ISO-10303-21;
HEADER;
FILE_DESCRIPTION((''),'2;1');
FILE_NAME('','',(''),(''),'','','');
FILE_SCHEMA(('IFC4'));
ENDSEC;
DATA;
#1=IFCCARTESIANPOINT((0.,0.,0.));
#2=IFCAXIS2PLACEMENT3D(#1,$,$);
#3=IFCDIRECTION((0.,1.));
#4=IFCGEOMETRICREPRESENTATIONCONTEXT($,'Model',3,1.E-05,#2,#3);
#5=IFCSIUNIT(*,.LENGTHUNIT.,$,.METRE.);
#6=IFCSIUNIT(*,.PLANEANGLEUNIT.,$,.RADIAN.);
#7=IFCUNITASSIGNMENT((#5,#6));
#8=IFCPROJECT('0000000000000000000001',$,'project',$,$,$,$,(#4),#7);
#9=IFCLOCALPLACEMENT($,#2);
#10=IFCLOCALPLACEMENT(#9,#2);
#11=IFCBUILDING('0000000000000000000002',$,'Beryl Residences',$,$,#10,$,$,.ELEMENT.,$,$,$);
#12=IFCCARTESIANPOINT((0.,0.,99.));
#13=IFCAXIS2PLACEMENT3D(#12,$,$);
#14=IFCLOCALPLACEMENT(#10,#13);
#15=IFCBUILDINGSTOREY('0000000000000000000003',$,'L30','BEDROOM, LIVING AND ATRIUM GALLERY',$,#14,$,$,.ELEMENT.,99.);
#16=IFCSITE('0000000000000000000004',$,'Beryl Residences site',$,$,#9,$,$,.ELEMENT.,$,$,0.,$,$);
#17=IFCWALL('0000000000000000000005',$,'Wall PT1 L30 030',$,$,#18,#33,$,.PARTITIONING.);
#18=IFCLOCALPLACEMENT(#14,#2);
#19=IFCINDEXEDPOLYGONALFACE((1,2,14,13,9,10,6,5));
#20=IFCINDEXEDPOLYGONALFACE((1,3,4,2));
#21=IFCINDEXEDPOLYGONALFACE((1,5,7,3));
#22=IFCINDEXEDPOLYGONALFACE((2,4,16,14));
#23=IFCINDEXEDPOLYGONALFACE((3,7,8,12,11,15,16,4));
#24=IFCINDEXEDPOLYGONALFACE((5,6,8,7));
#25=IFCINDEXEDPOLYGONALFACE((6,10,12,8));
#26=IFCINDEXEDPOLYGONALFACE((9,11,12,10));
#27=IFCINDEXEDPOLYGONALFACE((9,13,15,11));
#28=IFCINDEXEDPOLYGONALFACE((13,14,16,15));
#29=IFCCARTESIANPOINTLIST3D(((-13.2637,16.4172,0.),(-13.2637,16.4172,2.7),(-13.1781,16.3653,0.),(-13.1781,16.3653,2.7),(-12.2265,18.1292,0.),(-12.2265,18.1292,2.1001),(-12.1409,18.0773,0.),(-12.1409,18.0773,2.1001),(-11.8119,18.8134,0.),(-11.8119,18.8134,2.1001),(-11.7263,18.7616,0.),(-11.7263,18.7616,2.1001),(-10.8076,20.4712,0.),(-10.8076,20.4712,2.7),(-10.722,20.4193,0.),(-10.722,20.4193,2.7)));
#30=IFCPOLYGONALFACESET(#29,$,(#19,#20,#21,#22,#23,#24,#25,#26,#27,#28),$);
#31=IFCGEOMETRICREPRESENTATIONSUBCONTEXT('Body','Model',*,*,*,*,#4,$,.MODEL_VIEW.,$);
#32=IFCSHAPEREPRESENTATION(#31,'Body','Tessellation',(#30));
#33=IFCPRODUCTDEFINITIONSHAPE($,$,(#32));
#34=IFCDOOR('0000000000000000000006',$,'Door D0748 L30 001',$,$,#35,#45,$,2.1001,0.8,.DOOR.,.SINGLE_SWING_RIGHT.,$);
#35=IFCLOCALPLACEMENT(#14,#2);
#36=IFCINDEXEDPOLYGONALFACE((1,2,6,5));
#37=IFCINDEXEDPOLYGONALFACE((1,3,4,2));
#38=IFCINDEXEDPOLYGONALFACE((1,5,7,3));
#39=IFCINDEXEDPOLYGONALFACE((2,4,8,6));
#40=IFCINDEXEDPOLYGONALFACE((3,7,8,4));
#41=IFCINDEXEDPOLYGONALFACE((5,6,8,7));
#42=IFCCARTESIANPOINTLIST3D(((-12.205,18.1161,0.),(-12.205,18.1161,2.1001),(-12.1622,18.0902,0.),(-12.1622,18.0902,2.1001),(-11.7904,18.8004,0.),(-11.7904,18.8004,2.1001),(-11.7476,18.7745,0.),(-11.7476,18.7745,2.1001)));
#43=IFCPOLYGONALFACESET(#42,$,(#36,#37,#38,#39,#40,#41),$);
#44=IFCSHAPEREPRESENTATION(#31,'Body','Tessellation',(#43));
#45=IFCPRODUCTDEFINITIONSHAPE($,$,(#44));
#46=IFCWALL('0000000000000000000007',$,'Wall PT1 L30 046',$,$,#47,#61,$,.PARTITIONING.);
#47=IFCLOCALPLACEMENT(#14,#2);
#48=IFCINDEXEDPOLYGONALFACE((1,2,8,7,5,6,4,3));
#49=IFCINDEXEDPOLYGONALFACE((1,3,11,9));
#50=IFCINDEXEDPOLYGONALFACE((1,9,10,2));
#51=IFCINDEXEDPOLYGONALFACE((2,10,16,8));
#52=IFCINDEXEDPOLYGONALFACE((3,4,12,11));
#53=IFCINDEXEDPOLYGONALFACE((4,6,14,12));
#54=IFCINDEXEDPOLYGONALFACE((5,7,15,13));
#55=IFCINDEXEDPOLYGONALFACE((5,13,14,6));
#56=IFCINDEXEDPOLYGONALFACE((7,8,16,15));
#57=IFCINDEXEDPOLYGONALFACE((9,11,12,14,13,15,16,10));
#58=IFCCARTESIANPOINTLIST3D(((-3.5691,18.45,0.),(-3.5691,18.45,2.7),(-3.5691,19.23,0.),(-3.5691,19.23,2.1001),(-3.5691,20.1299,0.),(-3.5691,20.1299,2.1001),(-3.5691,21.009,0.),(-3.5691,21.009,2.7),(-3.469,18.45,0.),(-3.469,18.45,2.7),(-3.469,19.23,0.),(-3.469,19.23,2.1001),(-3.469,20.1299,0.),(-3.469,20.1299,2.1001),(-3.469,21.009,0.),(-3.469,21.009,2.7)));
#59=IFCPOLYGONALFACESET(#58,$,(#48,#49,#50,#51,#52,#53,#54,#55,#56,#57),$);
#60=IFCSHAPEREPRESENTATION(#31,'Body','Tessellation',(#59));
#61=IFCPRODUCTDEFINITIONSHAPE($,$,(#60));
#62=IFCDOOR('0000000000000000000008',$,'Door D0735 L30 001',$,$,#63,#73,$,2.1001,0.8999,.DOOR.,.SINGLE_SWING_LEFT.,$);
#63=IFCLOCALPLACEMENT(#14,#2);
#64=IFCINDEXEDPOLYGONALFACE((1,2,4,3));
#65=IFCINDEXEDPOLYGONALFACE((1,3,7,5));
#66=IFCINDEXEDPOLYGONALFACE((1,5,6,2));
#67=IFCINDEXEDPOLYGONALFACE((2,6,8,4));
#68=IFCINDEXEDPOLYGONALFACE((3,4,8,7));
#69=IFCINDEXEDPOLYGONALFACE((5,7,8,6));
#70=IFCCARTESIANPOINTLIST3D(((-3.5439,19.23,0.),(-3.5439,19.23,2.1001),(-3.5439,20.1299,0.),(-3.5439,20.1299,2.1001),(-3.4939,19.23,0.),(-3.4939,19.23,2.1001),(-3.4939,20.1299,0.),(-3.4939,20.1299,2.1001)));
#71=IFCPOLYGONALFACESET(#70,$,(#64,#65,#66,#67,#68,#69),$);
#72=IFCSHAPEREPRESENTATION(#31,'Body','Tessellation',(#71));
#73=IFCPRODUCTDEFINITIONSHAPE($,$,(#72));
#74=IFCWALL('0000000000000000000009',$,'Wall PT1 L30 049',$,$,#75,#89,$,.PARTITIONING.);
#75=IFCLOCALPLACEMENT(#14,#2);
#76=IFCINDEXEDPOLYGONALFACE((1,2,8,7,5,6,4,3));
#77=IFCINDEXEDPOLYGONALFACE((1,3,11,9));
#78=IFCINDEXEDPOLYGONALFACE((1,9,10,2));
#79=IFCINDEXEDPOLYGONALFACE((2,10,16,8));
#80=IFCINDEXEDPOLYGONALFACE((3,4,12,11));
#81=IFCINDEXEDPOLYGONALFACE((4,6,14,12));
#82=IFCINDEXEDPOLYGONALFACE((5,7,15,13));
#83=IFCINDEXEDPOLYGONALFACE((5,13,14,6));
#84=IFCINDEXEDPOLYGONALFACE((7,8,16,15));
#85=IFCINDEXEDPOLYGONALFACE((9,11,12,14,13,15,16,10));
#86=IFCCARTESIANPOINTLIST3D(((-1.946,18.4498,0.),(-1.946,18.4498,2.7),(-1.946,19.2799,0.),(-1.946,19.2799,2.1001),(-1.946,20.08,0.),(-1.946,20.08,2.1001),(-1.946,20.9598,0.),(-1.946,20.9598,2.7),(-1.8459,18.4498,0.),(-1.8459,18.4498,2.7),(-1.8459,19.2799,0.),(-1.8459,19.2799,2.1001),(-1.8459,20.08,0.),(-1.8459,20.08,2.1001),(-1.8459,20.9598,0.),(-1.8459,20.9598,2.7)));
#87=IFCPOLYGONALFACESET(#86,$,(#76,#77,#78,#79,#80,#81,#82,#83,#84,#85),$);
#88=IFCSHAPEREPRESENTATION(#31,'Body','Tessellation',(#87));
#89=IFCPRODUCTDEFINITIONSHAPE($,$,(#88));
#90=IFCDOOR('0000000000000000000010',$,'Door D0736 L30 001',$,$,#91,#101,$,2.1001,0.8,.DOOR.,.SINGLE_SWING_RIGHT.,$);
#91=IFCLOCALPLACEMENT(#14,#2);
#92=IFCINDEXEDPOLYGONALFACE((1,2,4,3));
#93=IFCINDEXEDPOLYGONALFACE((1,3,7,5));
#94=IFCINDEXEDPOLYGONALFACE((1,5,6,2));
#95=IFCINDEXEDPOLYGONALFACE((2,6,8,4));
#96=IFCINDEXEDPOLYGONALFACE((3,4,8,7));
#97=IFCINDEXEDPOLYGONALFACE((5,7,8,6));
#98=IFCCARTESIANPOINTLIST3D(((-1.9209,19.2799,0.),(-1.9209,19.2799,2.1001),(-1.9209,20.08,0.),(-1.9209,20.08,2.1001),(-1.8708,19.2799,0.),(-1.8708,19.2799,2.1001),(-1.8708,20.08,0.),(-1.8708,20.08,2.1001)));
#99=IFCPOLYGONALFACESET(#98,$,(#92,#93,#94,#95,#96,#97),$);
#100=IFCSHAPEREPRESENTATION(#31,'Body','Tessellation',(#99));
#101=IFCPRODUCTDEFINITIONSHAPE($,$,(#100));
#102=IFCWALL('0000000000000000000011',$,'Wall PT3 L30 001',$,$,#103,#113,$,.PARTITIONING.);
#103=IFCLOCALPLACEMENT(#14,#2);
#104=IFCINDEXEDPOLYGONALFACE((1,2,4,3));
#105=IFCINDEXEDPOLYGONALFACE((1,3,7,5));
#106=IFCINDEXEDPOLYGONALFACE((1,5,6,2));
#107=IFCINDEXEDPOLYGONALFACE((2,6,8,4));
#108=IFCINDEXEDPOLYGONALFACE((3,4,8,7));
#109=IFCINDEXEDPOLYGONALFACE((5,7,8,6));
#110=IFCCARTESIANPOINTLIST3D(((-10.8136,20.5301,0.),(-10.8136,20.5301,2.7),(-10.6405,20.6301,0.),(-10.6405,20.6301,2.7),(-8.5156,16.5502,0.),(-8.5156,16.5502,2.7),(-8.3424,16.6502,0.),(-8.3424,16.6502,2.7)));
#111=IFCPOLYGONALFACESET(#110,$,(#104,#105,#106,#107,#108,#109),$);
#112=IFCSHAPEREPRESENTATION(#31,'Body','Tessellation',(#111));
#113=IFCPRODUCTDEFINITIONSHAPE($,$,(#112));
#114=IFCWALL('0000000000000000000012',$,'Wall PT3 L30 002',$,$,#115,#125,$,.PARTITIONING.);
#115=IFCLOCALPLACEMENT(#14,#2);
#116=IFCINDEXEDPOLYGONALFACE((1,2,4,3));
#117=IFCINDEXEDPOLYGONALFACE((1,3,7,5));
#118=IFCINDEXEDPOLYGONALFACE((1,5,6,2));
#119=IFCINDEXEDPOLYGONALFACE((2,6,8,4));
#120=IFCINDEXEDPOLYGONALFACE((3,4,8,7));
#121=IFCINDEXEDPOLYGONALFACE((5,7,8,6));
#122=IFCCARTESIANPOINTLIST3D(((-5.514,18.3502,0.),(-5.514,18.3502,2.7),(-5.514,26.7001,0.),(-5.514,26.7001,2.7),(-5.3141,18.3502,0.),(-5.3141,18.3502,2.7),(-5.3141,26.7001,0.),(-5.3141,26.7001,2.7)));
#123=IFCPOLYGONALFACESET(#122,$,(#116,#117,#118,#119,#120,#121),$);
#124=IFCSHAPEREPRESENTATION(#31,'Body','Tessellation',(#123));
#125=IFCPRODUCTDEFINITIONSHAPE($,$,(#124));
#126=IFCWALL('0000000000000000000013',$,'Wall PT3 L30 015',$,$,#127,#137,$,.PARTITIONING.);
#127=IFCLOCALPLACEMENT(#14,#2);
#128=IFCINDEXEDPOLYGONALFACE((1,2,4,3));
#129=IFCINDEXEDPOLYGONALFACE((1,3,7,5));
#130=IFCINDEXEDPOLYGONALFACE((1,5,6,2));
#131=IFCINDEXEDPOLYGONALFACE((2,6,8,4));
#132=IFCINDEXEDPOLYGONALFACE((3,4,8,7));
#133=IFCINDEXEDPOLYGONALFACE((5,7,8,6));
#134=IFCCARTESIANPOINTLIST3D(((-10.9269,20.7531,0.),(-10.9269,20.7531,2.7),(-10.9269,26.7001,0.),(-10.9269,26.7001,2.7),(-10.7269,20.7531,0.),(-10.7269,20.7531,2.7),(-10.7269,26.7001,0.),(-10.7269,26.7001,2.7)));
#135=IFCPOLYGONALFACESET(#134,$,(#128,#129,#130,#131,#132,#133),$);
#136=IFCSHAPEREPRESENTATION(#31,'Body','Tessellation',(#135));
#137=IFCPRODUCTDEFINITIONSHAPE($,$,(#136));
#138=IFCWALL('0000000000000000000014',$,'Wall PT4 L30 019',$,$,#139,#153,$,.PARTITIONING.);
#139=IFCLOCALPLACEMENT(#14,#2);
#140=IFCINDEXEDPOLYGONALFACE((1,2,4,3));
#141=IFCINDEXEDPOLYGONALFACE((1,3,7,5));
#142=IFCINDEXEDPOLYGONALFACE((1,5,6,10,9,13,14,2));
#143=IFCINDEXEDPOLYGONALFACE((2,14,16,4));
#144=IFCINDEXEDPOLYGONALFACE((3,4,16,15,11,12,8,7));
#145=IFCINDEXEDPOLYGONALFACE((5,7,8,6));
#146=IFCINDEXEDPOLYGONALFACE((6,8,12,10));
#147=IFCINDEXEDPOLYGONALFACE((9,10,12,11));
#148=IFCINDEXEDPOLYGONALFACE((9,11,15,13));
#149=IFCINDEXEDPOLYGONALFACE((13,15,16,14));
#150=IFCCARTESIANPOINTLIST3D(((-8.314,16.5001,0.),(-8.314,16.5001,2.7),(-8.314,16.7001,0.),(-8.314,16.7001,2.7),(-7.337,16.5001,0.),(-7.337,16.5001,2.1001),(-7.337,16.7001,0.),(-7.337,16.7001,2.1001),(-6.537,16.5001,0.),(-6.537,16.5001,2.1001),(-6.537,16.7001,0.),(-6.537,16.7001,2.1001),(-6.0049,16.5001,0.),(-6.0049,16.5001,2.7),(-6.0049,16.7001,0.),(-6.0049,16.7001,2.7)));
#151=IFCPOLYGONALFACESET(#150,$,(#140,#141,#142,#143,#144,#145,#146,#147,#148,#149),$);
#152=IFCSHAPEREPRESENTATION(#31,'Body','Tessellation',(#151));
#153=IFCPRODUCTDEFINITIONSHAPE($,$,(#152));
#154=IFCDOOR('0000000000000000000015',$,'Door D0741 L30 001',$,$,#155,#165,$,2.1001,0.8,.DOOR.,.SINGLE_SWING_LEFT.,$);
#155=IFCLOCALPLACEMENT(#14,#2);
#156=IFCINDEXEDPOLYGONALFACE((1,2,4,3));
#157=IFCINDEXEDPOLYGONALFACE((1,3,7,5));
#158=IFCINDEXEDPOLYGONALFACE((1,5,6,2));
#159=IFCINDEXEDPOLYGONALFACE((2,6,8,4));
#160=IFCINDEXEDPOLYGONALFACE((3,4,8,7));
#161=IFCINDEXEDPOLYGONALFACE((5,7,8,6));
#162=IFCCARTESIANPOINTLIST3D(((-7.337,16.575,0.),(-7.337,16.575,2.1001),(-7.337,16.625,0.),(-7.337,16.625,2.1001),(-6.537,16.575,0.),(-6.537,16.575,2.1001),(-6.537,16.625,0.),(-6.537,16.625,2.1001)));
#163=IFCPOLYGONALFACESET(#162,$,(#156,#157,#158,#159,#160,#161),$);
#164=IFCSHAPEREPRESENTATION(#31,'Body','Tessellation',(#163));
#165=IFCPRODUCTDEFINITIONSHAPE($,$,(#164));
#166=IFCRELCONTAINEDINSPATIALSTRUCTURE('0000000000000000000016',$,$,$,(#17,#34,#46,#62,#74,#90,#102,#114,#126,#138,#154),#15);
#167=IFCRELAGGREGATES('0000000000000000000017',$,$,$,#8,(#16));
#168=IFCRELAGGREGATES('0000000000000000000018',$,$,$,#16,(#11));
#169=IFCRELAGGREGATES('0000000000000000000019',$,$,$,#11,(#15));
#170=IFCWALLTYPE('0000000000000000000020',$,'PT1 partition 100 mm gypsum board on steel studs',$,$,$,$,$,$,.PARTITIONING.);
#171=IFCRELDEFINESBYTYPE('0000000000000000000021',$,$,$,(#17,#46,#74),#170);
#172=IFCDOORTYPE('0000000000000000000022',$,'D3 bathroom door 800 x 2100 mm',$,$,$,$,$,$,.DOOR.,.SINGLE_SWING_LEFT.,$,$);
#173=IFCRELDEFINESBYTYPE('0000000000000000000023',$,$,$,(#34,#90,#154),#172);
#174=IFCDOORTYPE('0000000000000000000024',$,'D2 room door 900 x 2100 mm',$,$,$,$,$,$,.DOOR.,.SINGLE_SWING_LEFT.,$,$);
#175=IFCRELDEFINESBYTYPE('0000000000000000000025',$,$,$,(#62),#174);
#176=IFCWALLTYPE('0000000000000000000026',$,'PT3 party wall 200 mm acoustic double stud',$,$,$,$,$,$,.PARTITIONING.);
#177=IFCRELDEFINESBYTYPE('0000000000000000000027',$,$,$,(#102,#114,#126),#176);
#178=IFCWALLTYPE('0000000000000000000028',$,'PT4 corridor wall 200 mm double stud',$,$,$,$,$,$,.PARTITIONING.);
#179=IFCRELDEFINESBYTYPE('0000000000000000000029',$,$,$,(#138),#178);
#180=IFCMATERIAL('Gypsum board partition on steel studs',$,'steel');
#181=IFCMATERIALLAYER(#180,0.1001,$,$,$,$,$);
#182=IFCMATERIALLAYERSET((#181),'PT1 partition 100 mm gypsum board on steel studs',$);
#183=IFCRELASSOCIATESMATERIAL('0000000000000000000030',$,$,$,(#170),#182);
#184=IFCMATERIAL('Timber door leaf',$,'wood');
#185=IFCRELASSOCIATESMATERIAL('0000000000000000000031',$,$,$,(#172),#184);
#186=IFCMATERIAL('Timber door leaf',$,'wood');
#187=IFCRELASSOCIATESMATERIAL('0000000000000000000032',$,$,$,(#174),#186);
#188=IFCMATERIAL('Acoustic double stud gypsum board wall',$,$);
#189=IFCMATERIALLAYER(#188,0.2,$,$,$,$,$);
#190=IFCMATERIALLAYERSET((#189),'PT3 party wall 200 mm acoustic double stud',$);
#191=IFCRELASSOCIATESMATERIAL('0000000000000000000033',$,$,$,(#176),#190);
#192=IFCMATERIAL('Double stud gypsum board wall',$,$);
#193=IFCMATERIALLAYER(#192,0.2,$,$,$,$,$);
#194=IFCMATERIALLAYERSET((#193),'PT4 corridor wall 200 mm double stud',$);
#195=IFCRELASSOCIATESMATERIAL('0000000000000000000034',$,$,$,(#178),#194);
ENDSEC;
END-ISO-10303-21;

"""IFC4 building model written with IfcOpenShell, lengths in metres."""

from ifc_helpers import new_model, si_unit, direction, frame, frame_2d, origin, place, context, subcontext, project, spatial, rectangle, extrude, material, layer, layer_set, type_object, element, fill, save


model = new_model("IFC4")

# Units and contexts
model_context = context("Model", 3, precision=1e-05, world=origin(), true_north=direction((0.0, 1.0)))
body_context = subcontext(model_context, "Body", "Model", "MODEL_VIEW")
ifc_project = project(units=[si_unit("LENGTHUNIT", "METRE"), si_unit("PLANEANGLEUNIT", "RADIAN")], contexts=[model_context])

# Site, building, storey
site_placement = place(None, origin())
site = spatial("IfcSite", under=ifc_project, at=site_placement, Name="Beryl Residences site", CompositionType="ELEMENT", RefElevation=0.0)
building_placement = place(site_placement, origin())
building = spatial("IfcBuilding", under=site, at=building_placement, Name="Beryl Residences", CompositionType="ELEMENT")
storey_placement = place(building_placement, frame((0.0, 0.0, 99.0)))
storey = spatial("IfcBuildingStorey", under=building, at=storey_placement, Name="L30", Description="BEDROOM, LIVING AND ATRIUM GALLERY", CompositionType="ELEMENT", Elevation=99.0)

# Shared definitions
ifc_material_1 = material(Name="Gypsum board partition on steel studs", Category="steel")
ifc_layer_1 = layer(ifc_material_1, 0.1001)
ifc_layer_set_1 = layer_set([ifc_layer_1], Name="PT1 partition 100 mm gypsum board on steel studs")
wall_type_1 = type_object("IfcWallType", Name="PT1 partition 100 mm gypsum board on steel studs", PredefinedType="PARTITIONING", material=ifc_layer_set_1)

# Walls, openings, doors
wall_1_placement = place(storey_placement, frame((-13.2209, 16.3911, 0.0), z_axis=(0.0, 0.0, 1.0), x_axis=(0.518165, 0.855281, 0.0)))
wall_1 = element("IfcWall", 1, at=wall_1_placement, inside=storey, type_object=wall_type_1, Name="Wall PT1 L30 030", PredefinedType="PARTITIONING", context=body_context, shape_type="SweptSolid", body=[
    extrude(rectangle(XDim=4.74, YDim=0.1001, at=frame_2d((2.3701, 0.0))), origin(), (0.0, 0.0, 1.0), 2.7),
])
opening_1_placement = place(wall_1_placement, frame((2.002, 0.0, 0.0)))
opening_1 = element("IfcOpeningElement", 2, at=opening_1_placement, cuts=wall_1, PredefinedType="OPENING", context=body_context, shape_type="SweptSolid", body=[
    extrude(rectangle(XDim=0.8, YDim=2.1001, at=frame_2d((0.3999, 1.05))), frame((0.0, 0.0601, 0.0), z_axis=(0.0, -1.0, 0.0), x_axis=(1.0, 0.0, 0.0)), (0.0, 0.0, 1.0), 0.1201),
])
ifc_material_2 = material(Name="Timber door leaf", Category="wood")
door_type_1 = type_object("IfcDoorType", Name="D3 bathroom door 800 x 2100 mm", OperationType="SINGLE_SWING_LEFT", PredefinedType="DOOR", material=ifc_material_2)
door_1_placement = place(opening_1_placement, origin())
door_1 = element("IfcDoor", 3, at=door_1_placement, inside=storey, type_object=door_type_1, Name="Door D0748 L30 001", OperationType="SINGLE_SWING_RIGHT", OverallHeight=2.1001, OverallWidth=0.8, PredefinedType="DOOR", context=body_context, shape_type="SweptSolid", body=[
    extrude(rectangle(XDim=0.8, YDim=2.1001, at=frame_2d((0.3999, 1.05))), frame((0.0, 0.0249, 0.0), z_axis=(0.0, -1.0, 0.0), x_axis=(1.0, 0.0, 0.0)), (0.0, 0.0, 1.0), 0.05),
])
fill(opening_1, door_1)
wall_2_placement = place(storey_placement, frame((-3.519, 18.45, 0.0), z_axis=(0.0, 0.0, 1.0), x_axis=(0.0, 1.0, 0.0)))
wall_2 = element("IfcWall", 4, at=wall_2_placement, inside=storey, type_object=wall_type_1, Name="Wall PT1 L30 046", PredefinedType="PARTITIONING", context=body_context, shape_type="SweptSolid", body=[
    extrude(rectangle(XDim=2.5591, YDim=0.1001, at=frame_2d((1.2795, 0.0))), origin(), (0.0, 0.0, 1.0), 2.7),
])
opening_2_placement = place(wall_2_placement, frame((0.78, 0.0, 0.0)))
opening_2 = element("IfcOpeningElement", 5, at=opening_2_placement, cuts=wall_2, PredefinedType="OPENING", context=body_context, shape_type="SweptSolid", body=[
    extrude(rectangle(XDim=0.8999, YDim=2.1001, at=frame_2d((0.45, 1.05))), frame((0.0, 0.0601, 0.0), z_axis=(0.0, -1.0, 0.0), x_axis=(1.0, 0.0, 0.0)), (0.0, 0.0, 1.0), 0.1201),
])
ifc_material_3 = material(Name="Timber door leaf", Category="wood")
door_type_2 = type_object("IfcDoorType", Name="D2 room door 900 x 2100 mm", OperationType="SINGLE_SWING_LEFT", PredefinedType="DOOR", material=ifc_material_3)
door_2_placement = place(opening_2_placement, origin())
door_2 = element("IfcDoor", 6, at=door_2_placement, inside=storey, type_object=door_type_2, Name="Door D0735 L30 001", OperationType="SINGLE_SWING_LEFT", OverallHeight=2.1001, OverallWidth=0.8999, PredefinedType="DOOR", context=body_context, shape_type="SweptSolid", body=[
    extrude(rectangle(XDim=0.8999, YDim=2.1001, at=frame_2d((0.45, 1.05))), frame((0.0, 0.0249, 0.0), z_axis=(0.0, -1.0, 0.0), x_axis=(1.0, 0.0, 0.0)), (0.0, 0.0, 1.0), 0.05),
])
fill(opening_2, door_2)
wall_3_placement = place(storey_placement, frame((-1.896, 18.45, 0.0), z_axis=(0.0, 0.0, 1.0), x_axis=(0.0, 1.0, 0.0)))
wall_3 = element("IfcWall", 7, at=wall_3_placement, inside=storey, type_object=wall_type_1, Name="Wall PT1 L30 049", PredefinedType="PARTITIONING", context=body_context, shape_type="SweptSolid", body=[
    extrude(rectangle(XDim=2.51, YDim=0.1001, at=frame_2d((1.2549, 0.0))), origin(), (0.0, 0.0, 1.0), 2.7),
])
opening_3_placement = place(wall_3_placement, frame((0.8301, 0.0, 0.0)))
opening_3 = element("IfcOpeningElement", 8, at=opening_3_placement, cuts=wall_3, PredefinedType="OPENING", context=body_context, shape_type="SweptSolid", body=[
    extrude(rectangle(XDim=0.8, YDim=2.1001, at=frame_2d((0.3999, 1.05))), frame((0.0, 0.0601, 0.0), z_axis=(0.0, -1.0, 0.0), x_axis=(1.0, 0.0, 0.0)), (0.0, 0.0, 1.0), 0.1201),
])
door_3_placement = place(opening_3_placement, origin())
door_3 = element("IfcDoor", 9, at=door_3_placement, inside=storey, type_object=door_type_1, Name="Door D0736 L30 001", OperationType="SINGLE_SWING_RIGHT", OverallHeight=2.1001, OverallWidth=0.8, PredefinedType="DOOR", context=body_context, shape_type="SweptSolid", body=[
    extrude(rectangle(XDim=0.8, YDim=2.1001, at=frame_2d((0.3999, 1.05))), frame((0.0, 0.0249, 0.0), z_axis=(0.0, -1.0, 0.0), x_axis=(1.0, 0.0, 0.0)), (0.0, 0.0, 1.0), 0.05),
])
fill(opening_3, door_3)

# Walls
ifc_material_4 = material(Name="Acoustic double stud gypsum board wall")
ifc_layer_2 = layer(ifc_material_4, 0.2)
ifc_layer_set_2 = layer_set([ifc_layer_2], Name="PT3 party wall 200 mm acoustic double stud")
wall_type_2 = type_object("IfcWallType", Name="PT3 party wall 200 mm acoustic double stud", PredefinedType="PARTITIONING", material=ifc_layer_set_2)
wall_4_placement = place(storey_placement, frame((-10.7271, 20.5801, 0.0), z_axis=(0.0, 0.0, 1.0), x_axis=(0.500041, -0.866002, 0.0)))
element("IfcWall", 10, at=wall_4_placement, inside=storey, type_object=wall_type_2, Name="Wall PT3 L30 001", PredefinedType="PARTITIONING", context=body_context, shape_type="SweptSolid", body=[
    extrude(rectangle(XDim=4.5957, YDim=0.2, at=frame_2d((2.2979, 0.0))), origin(), (0.0, 0.0, 1.0), 2.7),
])
wall_5_placement = place(storey_placement, frame((-5.4141, 26.7, 0.0), z_axis=(0.0, 0.0, 1.0), x_axis=(0.0, -1.0, 0.0)))
element("IfcWall", 11, at=wall_5_placement, inside=storey, type_object=wall_type_2, Name="Wall PT3 L30 002", PredefinedType="PARTITIONING", context=body_context, shape_type="SweptSolid", body=[
    extrude(rectangle(XDim=8.3499, YDim=0.2, at=frame_2d((4.1748, 0.0))), origin(), (0.0, 0.0, 1.0), 2.7),
])
wall_6_placement = place(storey_placement, frame((-10.8269, 20.7529, 0.0), z_axis=(0.0, 0.0, 1.0), x_axis=(0.0, 1.0, 0.0)))
element("IfcWall", 12, at=wall_6_placement, inside=storey, type_object=wall_type_2, Name="Wall PT3 L30 015", PredefinedType="PARTITIONING", context=body_context, shape_type="SweptSolid", body=[
    extrude(rectangle(XDim=5.947, YDim=0.2, at=frame_2d((2.9736, 0.0))), origin(), (0.0, 0.0, 1.0), 2.7),
])

# Wall, opening, door
ifc_material_5 = material(Name="Double stud gypsum board wall")
ifc_layer_3 = layer(ifc_material_5, 0.2)
ifc_layer_set_3 = layer_set([ifc_layer_3], Name="PT4 corridor wall 200 mm double stud")
wall_type_3 = type_object("IfcWallType", Name="PT4 corridor wall 200 mm double stud", PredefinedType="PARTITIONING", material=ifc_layer_set_3)
wall_7_placement = place(storey_placement, frame((-8.314, 16.6001, 0.0), z_axis=(0.0, 0.0, 1.0), x_axis=(1.0, 0.0, 0.0)))
wall_7 = element("IfcWall", 13, at=wall_7_placement, inside=storey, type_object=wall_type_3, Name="Wall PT4 L30 019", PredefinedType="PARTITIONING", context=body_context, shape_type="SweptSolid", body=[
    extrude(rectangle(XDim=2.3091, YDim=0.2, at=frame_2d((1.1545, 0.0))), origin(), (0.0, 0.0, 1.0), 2.7),
])
opening_4_placement = place(wall_7_placement, frame((0.9771, 0.0, 0.0)))
opening_4 = element("IfcOpeningElement", 14, at=opening_4_placement, cuts=wall_7, PredefinedType="OPENING", context=body_context, shape_type="SweptSolid", body=[
    extrude(rectangle(XDim=0.8, YDim=2.1001, at=frame_2d((0.3999, 1.05))), frame((0.0, 0.1099, 0.0), z_axis=(0.0, -1.0, 0.0), x_axis=(1.0, 0.0, 0.0)), (0.0, 0.0, 1.0), 0.22),
])
door_4_placement = place(opening_4_placement, origin())
door_4 = element("IfcDoor", 15, at=door_4_placement, inside=storey, type_object=door_type_1, Name="Door D0741 L30 001", OperationType="SINGLE_SWING_LEFT", OverallHeight=2.1001, OverallWidth=0.8, PredefinedType="DOOR", context=body_context, shape_type="SweptSolid", body=[
    extrude(rectangle(XDim=0.8, YDim=2.1001, at=frame_2d((0.3999, 1.05))), frame((0.0, 0.0249, 0.0), z_axis=(0.0, -1.0, 0.0), x_axis=(1.0, 0.0, 0.0)), (0.0, 0.0, 1.0), 0.05),
])
fill(opening_4, door_4)

save(model, "model.ifc")
